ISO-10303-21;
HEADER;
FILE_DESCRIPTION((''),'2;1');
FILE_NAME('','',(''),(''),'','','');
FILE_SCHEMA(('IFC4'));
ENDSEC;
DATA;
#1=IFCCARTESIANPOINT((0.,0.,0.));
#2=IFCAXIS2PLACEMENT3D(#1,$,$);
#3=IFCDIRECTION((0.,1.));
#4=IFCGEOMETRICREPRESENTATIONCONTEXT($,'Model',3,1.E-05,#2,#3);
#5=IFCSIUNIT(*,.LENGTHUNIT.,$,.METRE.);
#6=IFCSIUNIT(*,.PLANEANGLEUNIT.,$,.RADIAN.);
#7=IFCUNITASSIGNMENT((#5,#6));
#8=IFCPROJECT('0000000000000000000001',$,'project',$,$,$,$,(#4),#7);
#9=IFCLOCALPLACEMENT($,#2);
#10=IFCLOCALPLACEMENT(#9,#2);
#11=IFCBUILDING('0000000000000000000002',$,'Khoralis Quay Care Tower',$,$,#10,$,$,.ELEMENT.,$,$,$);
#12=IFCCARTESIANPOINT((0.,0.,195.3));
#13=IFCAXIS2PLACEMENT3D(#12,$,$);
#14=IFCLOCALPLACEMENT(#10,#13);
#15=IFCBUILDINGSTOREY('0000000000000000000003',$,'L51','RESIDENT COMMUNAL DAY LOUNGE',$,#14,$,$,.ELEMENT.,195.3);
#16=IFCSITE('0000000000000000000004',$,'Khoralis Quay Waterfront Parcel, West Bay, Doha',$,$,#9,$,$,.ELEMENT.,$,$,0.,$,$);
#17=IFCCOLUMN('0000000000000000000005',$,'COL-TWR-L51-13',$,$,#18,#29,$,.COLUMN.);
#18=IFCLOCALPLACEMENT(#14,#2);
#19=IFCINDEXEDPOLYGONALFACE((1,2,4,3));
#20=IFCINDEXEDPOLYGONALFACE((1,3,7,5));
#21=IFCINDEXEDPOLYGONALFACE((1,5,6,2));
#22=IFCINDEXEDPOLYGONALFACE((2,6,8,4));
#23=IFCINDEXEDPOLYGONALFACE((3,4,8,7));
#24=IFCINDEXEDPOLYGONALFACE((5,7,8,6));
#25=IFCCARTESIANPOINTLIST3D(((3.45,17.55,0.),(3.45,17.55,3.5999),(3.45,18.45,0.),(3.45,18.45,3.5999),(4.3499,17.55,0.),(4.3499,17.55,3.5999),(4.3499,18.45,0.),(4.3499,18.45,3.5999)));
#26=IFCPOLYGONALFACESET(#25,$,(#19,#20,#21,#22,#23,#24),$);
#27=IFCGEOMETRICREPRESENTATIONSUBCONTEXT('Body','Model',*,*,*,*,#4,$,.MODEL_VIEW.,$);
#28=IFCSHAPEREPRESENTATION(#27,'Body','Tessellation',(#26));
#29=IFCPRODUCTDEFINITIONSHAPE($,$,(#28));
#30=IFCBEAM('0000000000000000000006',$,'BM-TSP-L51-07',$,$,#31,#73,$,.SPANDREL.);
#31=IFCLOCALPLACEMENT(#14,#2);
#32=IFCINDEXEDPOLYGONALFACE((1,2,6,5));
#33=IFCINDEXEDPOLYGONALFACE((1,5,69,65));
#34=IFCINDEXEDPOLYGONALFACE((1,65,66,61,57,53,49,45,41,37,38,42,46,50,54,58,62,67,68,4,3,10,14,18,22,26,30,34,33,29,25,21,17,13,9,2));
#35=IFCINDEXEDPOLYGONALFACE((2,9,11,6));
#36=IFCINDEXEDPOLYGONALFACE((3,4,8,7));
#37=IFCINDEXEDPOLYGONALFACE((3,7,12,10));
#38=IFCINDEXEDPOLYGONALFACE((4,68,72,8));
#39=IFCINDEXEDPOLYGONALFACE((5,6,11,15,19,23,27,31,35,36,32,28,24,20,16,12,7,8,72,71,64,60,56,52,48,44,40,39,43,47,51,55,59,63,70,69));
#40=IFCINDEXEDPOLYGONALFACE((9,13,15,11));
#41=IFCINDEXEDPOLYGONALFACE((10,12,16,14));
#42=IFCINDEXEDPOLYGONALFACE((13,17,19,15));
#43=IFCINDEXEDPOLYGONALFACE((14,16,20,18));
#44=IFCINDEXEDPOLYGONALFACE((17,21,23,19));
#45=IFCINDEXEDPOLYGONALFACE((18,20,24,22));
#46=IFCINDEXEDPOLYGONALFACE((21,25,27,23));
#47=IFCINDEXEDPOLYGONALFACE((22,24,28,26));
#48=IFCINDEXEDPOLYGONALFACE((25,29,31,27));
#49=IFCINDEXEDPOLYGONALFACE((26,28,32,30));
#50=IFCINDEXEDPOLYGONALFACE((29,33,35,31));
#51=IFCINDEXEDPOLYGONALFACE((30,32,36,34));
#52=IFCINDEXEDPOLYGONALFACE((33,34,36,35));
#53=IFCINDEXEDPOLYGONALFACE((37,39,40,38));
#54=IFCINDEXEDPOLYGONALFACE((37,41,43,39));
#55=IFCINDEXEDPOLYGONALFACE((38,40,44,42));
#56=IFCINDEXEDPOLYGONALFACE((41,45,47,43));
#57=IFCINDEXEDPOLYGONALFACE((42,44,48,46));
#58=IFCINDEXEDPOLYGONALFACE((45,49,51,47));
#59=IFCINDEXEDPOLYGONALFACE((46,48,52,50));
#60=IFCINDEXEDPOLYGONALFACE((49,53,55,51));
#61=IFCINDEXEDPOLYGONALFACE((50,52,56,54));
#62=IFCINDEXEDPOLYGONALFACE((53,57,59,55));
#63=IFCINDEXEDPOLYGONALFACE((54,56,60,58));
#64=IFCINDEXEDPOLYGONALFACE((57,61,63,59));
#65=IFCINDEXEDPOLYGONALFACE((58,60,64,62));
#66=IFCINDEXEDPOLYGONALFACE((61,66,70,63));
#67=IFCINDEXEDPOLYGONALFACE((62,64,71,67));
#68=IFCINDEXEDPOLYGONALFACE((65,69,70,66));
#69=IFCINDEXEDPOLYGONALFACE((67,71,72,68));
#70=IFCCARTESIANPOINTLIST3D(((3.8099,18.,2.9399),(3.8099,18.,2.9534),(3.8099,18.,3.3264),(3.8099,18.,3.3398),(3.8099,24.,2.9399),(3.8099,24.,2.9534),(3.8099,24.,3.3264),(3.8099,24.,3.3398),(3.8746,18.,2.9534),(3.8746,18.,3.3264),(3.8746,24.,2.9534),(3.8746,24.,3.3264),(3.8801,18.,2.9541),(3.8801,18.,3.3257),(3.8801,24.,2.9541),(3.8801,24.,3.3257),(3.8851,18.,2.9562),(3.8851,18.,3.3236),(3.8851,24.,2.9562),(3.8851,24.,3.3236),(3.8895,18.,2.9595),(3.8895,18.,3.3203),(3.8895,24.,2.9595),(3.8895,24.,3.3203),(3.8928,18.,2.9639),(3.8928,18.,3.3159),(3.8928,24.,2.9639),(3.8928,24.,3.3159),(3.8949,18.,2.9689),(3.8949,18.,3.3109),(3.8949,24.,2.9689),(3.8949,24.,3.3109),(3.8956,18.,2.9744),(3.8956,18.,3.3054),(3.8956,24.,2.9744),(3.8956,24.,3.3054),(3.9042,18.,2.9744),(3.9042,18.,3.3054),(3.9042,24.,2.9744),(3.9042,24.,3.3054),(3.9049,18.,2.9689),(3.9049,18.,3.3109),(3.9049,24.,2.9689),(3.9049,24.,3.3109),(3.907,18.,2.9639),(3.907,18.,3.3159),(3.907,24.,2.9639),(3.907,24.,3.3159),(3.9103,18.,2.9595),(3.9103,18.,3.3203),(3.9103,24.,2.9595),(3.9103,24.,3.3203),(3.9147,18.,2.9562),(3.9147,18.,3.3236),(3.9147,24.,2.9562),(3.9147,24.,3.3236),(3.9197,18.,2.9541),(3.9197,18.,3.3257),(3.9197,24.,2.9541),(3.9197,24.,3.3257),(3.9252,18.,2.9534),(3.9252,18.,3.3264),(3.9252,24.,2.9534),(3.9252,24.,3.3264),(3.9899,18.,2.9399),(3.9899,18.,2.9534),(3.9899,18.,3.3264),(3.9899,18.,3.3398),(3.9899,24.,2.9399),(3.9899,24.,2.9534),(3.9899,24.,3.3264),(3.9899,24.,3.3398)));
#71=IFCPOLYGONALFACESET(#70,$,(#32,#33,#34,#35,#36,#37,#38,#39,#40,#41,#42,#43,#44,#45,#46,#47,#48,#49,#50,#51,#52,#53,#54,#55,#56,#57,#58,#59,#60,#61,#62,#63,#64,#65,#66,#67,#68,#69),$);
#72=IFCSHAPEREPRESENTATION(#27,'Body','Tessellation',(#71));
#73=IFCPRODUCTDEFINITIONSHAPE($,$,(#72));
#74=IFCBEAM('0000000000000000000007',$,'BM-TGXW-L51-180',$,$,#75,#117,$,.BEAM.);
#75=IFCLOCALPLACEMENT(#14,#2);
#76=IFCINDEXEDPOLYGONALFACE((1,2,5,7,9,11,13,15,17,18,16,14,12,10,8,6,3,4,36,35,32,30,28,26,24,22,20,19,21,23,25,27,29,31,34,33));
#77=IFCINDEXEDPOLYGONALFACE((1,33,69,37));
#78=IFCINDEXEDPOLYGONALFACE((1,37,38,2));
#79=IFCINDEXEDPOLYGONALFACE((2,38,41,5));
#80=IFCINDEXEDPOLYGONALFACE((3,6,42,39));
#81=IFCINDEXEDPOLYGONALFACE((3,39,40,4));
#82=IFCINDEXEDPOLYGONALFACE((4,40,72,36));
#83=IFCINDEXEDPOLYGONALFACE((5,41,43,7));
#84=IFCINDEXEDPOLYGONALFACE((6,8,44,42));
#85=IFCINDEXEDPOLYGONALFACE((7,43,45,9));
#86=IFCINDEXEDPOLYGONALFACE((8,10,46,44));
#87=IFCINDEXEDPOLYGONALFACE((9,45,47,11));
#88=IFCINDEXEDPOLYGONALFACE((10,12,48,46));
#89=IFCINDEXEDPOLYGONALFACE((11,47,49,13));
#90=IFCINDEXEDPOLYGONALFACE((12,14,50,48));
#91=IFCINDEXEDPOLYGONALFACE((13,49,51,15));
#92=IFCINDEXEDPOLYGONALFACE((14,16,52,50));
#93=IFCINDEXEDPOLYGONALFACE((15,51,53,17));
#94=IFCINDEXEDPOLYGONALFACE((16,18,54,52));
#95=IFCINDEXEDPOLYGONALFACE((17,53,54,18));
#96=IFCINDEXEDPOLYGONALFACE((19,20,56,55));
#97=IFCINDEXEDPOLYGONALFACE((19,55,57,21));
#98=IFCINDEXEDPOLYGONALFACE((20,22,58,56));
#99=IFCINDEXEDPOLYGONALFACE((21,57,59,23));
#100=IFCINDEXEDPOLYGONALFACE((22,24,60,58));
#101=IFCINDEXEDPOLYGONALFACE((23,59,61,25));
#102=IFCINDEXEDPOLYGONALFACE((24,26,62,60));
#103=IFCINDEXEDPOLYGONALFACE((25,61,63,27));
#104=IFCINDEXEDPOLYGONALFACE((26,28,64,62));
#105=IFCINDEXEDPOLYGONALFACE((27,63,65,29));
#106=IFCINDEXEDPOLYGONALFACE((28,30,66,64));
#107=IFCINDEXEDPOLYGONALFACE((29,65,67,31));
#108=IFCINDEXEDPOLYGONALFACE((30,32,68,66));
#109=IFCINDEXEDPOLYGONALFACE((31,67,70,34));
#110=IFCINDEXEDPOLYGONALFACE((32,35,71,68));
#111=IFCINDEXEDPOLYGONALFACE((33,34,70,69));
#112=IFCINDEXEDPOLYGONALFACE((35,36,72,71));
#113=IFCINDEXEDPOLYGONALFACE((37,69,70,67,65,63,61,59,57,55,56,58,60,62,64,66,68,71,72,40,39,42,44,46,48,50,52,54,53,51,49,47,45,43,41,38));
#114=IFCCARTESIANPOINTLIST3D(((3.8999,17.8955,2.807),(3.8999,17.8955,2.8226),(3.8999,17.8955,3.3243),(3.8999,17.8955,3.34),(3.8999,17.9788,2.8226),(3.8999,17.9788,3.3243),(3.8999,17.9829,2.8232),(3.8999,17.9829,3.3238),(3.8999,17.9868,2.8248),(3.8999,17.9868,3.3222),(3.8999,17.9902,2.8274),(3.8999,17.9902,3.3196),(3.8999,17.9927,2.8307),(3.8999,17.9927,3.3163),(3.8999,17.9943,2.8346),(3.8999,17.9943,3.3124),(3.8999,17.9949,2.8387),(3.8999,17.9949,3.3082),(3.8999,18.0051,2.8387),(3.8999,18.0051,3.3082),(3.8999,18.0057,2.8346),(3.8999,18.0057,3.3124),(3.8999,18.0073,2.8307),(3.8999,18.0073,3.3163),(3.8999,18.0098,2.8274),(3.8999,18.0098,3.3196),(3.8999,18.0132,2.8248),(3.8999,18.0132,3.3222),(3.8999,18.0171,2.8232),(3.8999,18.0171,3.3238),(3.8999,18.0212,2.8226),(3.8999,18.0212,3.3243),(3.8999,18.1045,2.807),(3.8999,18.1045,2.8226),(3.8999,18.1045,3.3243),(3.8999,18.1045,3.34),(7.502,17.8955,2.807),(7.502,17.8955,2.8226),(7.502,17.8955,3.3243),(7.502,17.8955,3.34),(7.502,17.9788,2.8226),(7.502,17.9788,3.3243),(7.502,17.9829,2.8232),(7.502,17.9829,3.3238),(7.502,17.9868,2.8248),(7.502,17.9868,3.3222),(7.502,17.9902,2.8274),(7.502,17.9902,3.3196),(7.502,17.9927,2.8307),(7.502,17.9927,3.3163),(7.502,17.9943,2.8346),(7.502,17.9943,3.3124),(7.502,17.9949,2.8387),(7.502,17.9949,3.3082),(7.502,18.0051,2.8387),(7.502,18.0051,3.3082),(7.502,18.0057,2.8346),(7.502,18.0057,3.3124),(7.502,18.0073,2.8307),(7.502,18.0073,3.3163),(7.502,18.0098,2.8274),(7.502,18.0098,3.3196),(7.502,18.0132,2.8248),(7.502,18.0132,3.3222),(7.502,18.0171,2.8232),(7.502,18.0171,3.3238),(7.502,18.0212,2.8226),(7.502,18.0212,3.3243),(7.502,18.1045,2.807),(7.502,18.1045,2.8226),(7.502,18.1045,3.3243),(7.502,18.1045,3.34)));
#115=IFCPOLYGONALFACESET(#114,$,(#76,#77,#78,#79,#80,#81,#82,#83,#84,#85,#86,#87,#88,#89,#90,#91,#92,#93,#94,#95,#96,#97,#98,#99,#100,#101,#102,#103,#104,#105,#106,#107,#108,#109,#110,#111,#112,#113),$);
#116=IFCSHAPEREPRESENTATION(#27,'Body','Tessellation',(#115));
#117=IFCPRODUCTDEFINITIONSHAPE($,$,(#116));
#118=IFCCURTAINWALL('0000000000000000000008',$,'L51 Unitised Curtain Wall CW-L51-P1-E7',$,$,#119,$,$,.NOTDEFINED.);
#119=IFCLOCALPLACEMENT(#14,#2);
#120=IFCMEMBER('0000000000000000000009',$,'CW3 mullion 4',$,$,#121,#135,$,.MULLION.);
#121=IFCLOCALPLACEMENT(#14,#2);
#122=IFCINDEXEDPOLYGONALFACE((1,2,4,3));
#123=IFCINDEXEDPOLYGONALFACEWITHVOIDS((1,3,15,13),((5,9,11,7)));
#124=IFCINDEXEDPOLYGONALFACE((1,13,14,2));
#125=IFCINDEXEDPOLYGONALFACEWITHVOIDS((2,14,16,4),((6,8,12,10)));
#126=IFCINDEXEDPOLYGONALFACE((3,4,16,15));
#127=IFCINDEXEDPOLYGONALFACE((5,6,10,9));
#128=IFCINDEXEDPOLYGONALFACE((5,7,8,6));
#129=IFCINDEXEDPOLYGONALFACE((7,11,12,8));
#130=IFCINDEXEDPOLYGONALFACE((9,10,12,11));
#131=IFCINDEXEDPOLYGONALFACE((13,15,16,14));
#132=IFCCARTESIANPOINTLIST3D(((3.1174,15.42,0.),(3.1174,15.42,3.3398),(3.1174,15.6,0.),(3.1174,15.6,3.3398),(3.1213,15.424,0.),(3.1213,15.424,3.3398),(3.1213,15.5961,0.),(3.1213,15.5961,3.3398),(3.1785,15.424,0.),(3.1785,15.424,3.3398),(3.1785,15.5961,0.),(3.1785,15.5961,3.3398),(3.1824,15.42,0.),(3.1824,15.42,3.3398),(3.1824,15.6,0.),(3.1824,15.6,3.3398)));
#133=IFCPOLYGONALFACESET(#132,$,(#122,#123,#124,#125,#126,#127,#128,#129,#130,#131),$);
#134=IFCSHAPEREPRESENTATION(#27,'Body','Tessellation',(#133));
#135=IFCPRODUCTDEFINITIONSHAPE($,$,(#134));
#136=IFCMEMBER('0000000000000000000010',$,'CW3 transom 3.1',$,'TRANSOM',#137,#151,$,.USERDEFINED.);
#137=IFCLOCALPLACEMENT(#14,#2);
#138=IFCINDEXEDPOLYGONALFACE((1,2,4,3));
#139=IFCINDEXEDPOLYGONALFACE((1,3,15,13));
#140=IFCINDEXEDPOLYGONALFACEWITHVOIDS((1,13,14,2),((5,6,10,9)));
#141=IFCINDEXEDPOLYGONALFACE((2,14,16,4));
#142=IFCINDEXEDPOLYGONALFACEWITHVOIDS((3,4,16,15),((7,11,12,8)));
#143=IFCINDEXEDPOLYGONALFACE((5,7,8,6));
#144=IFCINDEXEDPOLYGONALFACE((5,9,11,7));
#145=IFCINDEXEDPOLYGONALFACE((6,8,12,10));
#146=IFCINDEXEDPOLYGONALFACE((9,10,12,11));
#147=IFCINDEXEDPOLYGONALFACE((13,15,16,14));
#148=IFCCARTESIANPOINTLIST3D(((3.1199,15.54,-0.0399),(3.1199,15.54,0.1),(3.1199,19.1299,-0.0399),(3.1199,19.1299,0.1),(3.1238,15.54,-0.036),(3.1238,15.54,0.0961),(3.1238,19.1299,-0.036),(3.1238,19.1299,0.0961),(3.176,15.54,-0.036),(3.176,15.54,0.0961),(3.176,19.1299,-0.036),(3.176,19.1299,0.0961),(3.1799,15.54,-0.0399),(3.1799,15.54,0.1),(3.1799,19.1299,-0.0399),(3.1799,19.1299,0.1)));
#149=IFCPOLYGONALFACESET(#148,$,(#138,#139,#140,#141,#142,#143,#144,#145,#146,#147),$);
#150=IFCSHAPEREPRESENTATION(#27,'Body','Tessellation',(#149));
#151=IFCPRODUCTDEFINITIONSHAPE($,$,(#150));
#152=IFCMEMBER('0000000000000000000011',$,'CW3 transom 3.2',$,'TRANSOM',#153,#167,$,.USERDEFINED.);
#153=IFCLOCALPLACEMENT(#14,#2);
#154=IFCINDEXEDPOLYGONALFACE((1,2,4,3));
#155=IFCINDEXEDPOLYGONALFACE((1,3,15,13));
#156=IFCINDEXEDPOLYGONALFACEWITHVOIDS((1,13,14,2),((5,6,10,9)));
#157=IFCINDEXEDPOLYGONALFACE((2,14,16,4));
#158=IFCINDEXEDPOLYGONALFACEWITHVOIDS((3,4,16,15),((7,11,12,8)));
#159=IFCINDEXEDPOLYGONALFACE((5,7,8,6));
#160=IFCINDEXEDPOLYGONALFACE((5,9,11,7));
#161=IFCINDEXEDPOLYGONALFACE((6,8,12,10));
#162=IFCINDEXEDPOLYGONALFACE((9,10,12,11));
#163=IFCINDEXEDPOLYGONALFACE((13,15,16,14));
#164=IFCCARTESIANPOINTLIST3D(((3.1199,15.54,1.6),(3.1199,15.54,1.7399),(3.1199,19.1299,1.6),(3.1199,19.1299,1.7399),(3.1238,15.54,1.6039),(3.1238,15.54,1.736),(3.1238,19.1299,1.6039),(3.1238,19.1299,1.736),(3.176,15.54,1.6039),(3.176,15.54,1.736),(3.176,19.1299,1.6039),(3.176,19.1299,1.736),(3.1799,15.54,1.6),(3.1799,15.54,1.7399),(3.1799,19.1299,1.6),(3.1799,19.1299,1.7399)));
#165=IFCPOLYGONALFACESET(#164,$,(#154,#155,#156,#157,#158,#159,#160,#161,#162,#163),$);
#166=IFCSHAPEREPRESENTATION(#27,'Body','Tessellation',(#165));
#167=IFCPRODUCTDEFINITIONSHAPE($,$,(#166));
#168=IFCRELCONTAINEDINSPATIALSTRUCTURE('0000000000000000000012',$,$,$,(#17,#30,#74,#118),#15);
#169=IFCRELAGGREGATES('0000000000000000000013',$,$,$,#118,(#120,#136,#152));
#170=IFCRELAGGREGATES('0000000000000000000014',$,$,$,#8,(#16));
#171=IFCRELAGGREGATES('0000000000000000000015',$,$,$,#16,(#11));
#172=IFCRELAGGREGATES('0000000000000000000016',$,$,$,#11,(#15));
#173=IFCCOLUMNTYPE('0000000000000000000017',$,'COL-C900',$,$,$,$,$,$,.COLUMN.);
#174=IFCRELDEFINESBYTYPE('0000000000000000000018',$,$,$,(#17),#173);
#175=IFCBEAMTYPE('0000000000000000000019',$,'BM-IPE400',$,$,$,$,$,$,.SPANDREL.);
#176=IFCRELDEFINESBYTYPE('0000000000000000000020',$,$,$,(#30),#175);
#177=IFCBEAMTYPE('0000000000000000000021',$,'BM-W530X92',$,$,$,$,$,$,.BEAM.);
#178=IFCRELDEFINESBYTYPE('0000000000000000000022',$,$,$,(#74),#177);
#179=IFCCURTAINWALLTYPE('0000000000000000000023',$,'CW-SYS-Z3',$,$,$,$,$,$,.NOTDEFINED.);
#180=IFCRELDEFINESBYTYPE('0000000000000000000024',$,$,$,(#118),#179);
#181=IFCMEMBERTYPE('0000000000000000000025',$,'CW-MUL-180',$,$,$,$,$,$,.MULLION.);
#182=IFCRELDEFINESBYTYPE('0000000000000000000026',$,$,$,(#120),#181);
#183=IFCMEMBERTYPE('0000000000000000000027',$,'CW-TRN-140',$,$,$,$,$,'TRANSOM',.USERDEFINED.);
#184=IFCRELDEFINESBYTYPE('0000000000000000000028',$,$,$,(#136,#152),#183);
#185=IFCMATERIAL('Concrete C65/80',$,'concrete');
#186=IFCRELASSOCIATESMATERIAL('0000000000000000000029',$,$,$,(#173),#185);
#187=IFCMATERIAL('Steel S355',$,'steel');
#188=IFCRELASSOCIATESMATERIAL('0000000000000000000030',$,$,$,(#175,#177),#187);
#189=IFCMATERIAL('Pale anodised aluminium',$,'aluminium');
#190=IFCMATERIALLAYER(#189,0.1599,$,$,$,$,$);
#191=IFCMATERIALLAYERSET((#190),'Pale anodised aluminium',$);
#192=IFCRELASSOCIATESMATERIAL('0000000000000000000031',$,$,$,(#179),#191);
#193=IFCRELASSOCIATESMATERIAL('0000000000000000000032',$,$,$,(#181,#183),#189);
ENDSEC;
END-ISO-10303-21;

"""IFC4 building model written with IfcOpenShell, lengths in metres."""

from ifc_helpers import new_model, si_unit, direction, frame, origin, origin_2d, place, context, subcontext, project, spatial, rectangle, hollow_rectangle, i_section, extrude, source, transform, mapped, material, layer, layer_set, material_profile, profile_set, type_object, element, aggregate, save


model = new_model("IFC4")

# Units and contexts
model_context = context("Model", 3, precision=1e-05, world=origin(), true_north=direction((0.0, 1.0)))
body_context = subcontext(model_context, "Body", "Model", "MODEL_VIEW")
ifc_project = project(units=[si_unit("LENGTHUNIT", "METRE"), si_unit("PLANEANGLEUNIT", "RADIAN")], contexts=[model_context])

# Site, building, storey
site_placement = place(None, origin())
site = spatial("IfcSite", under=ifc_project, at=site_placement, Name="Khoralis Quay Waterfront Parcel, West Bay, Doha", CompositionType="ELEMENT", RefElevation=0.0)
building_placement = place(site_placement, origin())
building = spatial("IfcBuilding", under=site, at=building_placement, Name="Khoralis Quay Care Tower", CompositionType="ELEMENT")
storey_placement = place(building_placement, frame((0.0, 0.0, 195.3)))
storey = spatial("IfcBuildingStorey", under=building, at=storey_placement, Name="L51", Description="RESIDENT COMMUNAL DAY LOUNGE", CompositionType="ELEMENT", Elevation=195.3)

# Column
ifc_material_1 = material(Name="Concrete C65/80", Category="concrete")
ifc_material_profile_1 = material_profile(ifc_material_1, rectangle(XDim=0.8999, YDim=0.8999, at=origin_2d()), Name="Concrete C65/80")
ifc_profile_set_1 = profile_set([ifc_material_profile_1], Name="Concrete C65/80")
column_type = type_object("IfcColumnType", Name="COL-C900", PredefinedType="COLUMN", material=ifc_profile_set_1)
shared_shape_1 = source(origin(), body_context, "Body", "SweptSolid", [
    extrude(rectangle(XDim=0.8999, YDim=0.8999, at=origin_2d()), origin(), (0.0, 0.0, 1.0), 3.5999),
])
column_placement = place(storey_placement, frame((3.8999, 18.0, 0.0), z_axis=(0.0, 0.0, 1.0), x_axis=(1.0, 0.0, 0.0)))
element("IfcColumn", 1, at=column_placement, inside=storey, type_object=column_type, Name="COL-TWR-L51-13", PredefinedType="COLUMN", context=body_context, shape_type="MappedRepresentation", body=[
    mapped(shared_shape_1, transform((0.0, 0.0, 0.0), scale=1.0)),
])

# Beams
ifc_material_2 = material(Name="Steel S355", Category="steel")
ifc_material_profile_2 = material_profile(ifc_material_2, i_section(OverallWidth=0.1799, OverallDepth=0.3999, WebThickness=0.0085, FlangeThickness=0.0134, FilletRadius=0.021, at=origin_2d()), Name="Steel S355")
ifc_profile_set_2 = profile_set([ifc_material_profile_2], Name="Steel S355")
beam_type_1 = type_object("IfcBeamType", Name="BM-IPE400", PredefinedType="SPANDREL", material=ifc_profile_set_2)
shared_shape_2 = source(origin(), body_context, "Body", "SweptSolid", [
    extrude(i_section(OverallWidth=0.1799, OverallDepth=0.3999, WebThickness=0.0085, FlangeThickness=0.0134, FilletRadius=0.021, at=origin_2d()), origin(), (0.0, 0.0, 1.0), 6.0),
])
beam_1_placement = place(storey_placement, frame((3.8999, 18.0, 3.1399), z_axis=(0.0, 1.0, 0.0), x_axis=(-1.0, 0.0, 0.0)))
element("IfcBeam", 2, at=beam_1_placement, inside=storey, type_object=beam_type_1, Name="BM-TSP-L51-07", PredefinedType="SPANDREL", context=body_context, shape_type="MappedRepresentation", body=[
    mapped(shared_shape_2, transform((0.0, 0.0, 0.0), scale=1.0)),
])
ifc_material_profile_3 = material_profile(ifc_material_2, i_section(OverallWidth=0.209, OverallDepth=0.533, WebThickness=0.0103, FlangeThickness=0.0156, FilletRadius=0.0161, at=origin_2d()), Name="Steel S355")
ifc_profile_set_3 = profile_set([ifc_material_profile_3], Name="Steel S355")
beam_type_2 = type_object("IfcBeamType", Name="BM-W530X92", PredefinedType="BEAM", material=ifc_profile_set_3)
shared_shape_3 = source(origin(), body_context, "Body", "SweptSolid", [
    extrude(i_section(OverallWidth=0.209, OverallDepth=0.533, WebThickness=0.0103, FlangeThickness=0.0156, FilletRadius=0.0161, at=origin_2d()), origin(), (0.0, 0.0, 1.0), 3.6021),
])
beam_2_placement = place(storey_placement, frame((3.8999, 18.0, 3.0735), z_axis=(1.0, 0.0, 0.0), x_axis=(0.0, 1.0, 0.0)))
element("IfcBeam", 3, at=beam_2_placement, inside=storey, type_object=beam_type_2, Name="BM-TGXW-L51-180", PredefinedType="BEAM", context=body_context, shape_type="MappedRepresentation", body=[
    mapped(shared_shape_3, transform((0.0, 0.0, 0.0), scale=1.0)),
])

# Curtain wall, members
ifc_material_3 = material(Name="Pale anodised aluminium", Category="aluminium")
ifc_layer_1 = layer(ifc_material_3, 0.1599)
ifc_layer_set_1 = layer_set([ifc_layer_1], Name="Pale anodised aluminium")
curtain_wall_type = type_object("IfcCurtainWallType", Name="CW-SYS-Z3", PredefinedType="NOTDEFINED", material=ifc_layer_set_1)
curtain_wall_placement = place(storey_placement, origin())
curtain_wall = element("IfcCurtainWall", 4, at=curtain_wall_placement, inside=storey, type_object=curtain_wall_type, Name="L51 Unitised Curtain Wall CW-L51-P1-E7", PredefinedType="NOTDEFINED")
ifc_material_profile_4 = material_profile(ifc_material_3, hollow_rectangle(XDim=0.0649, YDim=0.1799, WallThickness=0.0039, at=origin_2d()), Name="Pale anodised aluminium")
ifc_profile_set_4 = profile_set([ifc_material_profile_4], Name="Pale anodised aluminium")
member_type_1 = type_object("IfcMemberType", Name="CW-MUL-180", PredefinedType="MULLION", material=ifc_profile_set_4)
shared_shape_4 = source(origin(), body_context, "Body", "SweptSolid", [
    extrude(hollow_rectangle(XDim=0.0649, YDim=0.1799, WallThickness=0.0039, at=origin_2d()), origin(), (0.0, 0.0, 1.0), 3.3398),
])
member_1_placement = place(storey_placement, frame((3.1499, 15.51, 0.0), z_axis=(0.0, 0.0, 1.0), x_axis=(1.0, 0.0, 0.0)))
member_1 = element("IfcMember", 5, at=member_1_placement, type_object=member_type_1, Name="CW3 mullion 4", PredefinedType="MULLION", context=body_context, shape_type="MappedRepresentation", body=[
    mapped(shared_shape_4, transform((0.0, 0.0, 0.0), scale=1.0)),
])
ifc_material_profile_5 = material_profile(ifc_material_3, hollow_rectangle(XDim=0.0601, YDim=0.1399, WallThickness=0.0039, at=origin_2d()), Name="Pale anodised aluminium")
ifc_profile_set_5 = profile_set([ifc_material_profile_5], Name="Pale anodised aluminium")
member_type_2 = type_object("IfcMemberType", Name="CW-TRN-140", ElementType="TRANSOM", PredefinedType="USERDEFINED", material=ifc_profile_set_5)
shared_shape_5 = source(origin(), body_context, "Body", "SweptSolid", [
    extrude(hollow_rectangle(XDim=0.0601, YDim=0.1399, WallThickness=0.0039, at=origin_2d()), origin(), (0.0, 0.0, 1.0), 3.5898),
])
member_2_placement = place(storey_placement, frame((3.1499, 19.1299, 0.03), z_axis=(0.0, -1.0, 0.0), x_axis=(1.0, 0.0, 0.0)))
member_2 = element("IfcMember", 6, at=member_2_placement, type_object=member_type_2, Name="CW3 transom 3.1", ObjectType="TRANSOM", PredefinedType="USERDEFINED", context=body_context, shape_type="MappedRepresentation", body=[
    mapped(shared_shape_5, transform((0.0, 0.0, 0.0), scale=1.0)),
])
member_3_placement = place(storey_placement, frame((3.1499, 19.1299, 1.6699), z_axis=(0.0, -1.0, 0.0), x_axis=(1.0, 0.0, 0.0)))
member_3 = element("IfcMember", 7, at=member_3_placement, type_object=member_type_2, Name="CW3 transom 3.2", ObjectType="TRANSOM", PredefinedType="USERDEFINED", context=body_context, shape_type="MappedRepresentation", body=[
    mapped(shared_shape_5, transform((0.0, 0.0, 0.0), scale=1.0)),
])
aggregate(curtain_wall, [member_1, member_2, member_3])

save(model, "model.ifc")
